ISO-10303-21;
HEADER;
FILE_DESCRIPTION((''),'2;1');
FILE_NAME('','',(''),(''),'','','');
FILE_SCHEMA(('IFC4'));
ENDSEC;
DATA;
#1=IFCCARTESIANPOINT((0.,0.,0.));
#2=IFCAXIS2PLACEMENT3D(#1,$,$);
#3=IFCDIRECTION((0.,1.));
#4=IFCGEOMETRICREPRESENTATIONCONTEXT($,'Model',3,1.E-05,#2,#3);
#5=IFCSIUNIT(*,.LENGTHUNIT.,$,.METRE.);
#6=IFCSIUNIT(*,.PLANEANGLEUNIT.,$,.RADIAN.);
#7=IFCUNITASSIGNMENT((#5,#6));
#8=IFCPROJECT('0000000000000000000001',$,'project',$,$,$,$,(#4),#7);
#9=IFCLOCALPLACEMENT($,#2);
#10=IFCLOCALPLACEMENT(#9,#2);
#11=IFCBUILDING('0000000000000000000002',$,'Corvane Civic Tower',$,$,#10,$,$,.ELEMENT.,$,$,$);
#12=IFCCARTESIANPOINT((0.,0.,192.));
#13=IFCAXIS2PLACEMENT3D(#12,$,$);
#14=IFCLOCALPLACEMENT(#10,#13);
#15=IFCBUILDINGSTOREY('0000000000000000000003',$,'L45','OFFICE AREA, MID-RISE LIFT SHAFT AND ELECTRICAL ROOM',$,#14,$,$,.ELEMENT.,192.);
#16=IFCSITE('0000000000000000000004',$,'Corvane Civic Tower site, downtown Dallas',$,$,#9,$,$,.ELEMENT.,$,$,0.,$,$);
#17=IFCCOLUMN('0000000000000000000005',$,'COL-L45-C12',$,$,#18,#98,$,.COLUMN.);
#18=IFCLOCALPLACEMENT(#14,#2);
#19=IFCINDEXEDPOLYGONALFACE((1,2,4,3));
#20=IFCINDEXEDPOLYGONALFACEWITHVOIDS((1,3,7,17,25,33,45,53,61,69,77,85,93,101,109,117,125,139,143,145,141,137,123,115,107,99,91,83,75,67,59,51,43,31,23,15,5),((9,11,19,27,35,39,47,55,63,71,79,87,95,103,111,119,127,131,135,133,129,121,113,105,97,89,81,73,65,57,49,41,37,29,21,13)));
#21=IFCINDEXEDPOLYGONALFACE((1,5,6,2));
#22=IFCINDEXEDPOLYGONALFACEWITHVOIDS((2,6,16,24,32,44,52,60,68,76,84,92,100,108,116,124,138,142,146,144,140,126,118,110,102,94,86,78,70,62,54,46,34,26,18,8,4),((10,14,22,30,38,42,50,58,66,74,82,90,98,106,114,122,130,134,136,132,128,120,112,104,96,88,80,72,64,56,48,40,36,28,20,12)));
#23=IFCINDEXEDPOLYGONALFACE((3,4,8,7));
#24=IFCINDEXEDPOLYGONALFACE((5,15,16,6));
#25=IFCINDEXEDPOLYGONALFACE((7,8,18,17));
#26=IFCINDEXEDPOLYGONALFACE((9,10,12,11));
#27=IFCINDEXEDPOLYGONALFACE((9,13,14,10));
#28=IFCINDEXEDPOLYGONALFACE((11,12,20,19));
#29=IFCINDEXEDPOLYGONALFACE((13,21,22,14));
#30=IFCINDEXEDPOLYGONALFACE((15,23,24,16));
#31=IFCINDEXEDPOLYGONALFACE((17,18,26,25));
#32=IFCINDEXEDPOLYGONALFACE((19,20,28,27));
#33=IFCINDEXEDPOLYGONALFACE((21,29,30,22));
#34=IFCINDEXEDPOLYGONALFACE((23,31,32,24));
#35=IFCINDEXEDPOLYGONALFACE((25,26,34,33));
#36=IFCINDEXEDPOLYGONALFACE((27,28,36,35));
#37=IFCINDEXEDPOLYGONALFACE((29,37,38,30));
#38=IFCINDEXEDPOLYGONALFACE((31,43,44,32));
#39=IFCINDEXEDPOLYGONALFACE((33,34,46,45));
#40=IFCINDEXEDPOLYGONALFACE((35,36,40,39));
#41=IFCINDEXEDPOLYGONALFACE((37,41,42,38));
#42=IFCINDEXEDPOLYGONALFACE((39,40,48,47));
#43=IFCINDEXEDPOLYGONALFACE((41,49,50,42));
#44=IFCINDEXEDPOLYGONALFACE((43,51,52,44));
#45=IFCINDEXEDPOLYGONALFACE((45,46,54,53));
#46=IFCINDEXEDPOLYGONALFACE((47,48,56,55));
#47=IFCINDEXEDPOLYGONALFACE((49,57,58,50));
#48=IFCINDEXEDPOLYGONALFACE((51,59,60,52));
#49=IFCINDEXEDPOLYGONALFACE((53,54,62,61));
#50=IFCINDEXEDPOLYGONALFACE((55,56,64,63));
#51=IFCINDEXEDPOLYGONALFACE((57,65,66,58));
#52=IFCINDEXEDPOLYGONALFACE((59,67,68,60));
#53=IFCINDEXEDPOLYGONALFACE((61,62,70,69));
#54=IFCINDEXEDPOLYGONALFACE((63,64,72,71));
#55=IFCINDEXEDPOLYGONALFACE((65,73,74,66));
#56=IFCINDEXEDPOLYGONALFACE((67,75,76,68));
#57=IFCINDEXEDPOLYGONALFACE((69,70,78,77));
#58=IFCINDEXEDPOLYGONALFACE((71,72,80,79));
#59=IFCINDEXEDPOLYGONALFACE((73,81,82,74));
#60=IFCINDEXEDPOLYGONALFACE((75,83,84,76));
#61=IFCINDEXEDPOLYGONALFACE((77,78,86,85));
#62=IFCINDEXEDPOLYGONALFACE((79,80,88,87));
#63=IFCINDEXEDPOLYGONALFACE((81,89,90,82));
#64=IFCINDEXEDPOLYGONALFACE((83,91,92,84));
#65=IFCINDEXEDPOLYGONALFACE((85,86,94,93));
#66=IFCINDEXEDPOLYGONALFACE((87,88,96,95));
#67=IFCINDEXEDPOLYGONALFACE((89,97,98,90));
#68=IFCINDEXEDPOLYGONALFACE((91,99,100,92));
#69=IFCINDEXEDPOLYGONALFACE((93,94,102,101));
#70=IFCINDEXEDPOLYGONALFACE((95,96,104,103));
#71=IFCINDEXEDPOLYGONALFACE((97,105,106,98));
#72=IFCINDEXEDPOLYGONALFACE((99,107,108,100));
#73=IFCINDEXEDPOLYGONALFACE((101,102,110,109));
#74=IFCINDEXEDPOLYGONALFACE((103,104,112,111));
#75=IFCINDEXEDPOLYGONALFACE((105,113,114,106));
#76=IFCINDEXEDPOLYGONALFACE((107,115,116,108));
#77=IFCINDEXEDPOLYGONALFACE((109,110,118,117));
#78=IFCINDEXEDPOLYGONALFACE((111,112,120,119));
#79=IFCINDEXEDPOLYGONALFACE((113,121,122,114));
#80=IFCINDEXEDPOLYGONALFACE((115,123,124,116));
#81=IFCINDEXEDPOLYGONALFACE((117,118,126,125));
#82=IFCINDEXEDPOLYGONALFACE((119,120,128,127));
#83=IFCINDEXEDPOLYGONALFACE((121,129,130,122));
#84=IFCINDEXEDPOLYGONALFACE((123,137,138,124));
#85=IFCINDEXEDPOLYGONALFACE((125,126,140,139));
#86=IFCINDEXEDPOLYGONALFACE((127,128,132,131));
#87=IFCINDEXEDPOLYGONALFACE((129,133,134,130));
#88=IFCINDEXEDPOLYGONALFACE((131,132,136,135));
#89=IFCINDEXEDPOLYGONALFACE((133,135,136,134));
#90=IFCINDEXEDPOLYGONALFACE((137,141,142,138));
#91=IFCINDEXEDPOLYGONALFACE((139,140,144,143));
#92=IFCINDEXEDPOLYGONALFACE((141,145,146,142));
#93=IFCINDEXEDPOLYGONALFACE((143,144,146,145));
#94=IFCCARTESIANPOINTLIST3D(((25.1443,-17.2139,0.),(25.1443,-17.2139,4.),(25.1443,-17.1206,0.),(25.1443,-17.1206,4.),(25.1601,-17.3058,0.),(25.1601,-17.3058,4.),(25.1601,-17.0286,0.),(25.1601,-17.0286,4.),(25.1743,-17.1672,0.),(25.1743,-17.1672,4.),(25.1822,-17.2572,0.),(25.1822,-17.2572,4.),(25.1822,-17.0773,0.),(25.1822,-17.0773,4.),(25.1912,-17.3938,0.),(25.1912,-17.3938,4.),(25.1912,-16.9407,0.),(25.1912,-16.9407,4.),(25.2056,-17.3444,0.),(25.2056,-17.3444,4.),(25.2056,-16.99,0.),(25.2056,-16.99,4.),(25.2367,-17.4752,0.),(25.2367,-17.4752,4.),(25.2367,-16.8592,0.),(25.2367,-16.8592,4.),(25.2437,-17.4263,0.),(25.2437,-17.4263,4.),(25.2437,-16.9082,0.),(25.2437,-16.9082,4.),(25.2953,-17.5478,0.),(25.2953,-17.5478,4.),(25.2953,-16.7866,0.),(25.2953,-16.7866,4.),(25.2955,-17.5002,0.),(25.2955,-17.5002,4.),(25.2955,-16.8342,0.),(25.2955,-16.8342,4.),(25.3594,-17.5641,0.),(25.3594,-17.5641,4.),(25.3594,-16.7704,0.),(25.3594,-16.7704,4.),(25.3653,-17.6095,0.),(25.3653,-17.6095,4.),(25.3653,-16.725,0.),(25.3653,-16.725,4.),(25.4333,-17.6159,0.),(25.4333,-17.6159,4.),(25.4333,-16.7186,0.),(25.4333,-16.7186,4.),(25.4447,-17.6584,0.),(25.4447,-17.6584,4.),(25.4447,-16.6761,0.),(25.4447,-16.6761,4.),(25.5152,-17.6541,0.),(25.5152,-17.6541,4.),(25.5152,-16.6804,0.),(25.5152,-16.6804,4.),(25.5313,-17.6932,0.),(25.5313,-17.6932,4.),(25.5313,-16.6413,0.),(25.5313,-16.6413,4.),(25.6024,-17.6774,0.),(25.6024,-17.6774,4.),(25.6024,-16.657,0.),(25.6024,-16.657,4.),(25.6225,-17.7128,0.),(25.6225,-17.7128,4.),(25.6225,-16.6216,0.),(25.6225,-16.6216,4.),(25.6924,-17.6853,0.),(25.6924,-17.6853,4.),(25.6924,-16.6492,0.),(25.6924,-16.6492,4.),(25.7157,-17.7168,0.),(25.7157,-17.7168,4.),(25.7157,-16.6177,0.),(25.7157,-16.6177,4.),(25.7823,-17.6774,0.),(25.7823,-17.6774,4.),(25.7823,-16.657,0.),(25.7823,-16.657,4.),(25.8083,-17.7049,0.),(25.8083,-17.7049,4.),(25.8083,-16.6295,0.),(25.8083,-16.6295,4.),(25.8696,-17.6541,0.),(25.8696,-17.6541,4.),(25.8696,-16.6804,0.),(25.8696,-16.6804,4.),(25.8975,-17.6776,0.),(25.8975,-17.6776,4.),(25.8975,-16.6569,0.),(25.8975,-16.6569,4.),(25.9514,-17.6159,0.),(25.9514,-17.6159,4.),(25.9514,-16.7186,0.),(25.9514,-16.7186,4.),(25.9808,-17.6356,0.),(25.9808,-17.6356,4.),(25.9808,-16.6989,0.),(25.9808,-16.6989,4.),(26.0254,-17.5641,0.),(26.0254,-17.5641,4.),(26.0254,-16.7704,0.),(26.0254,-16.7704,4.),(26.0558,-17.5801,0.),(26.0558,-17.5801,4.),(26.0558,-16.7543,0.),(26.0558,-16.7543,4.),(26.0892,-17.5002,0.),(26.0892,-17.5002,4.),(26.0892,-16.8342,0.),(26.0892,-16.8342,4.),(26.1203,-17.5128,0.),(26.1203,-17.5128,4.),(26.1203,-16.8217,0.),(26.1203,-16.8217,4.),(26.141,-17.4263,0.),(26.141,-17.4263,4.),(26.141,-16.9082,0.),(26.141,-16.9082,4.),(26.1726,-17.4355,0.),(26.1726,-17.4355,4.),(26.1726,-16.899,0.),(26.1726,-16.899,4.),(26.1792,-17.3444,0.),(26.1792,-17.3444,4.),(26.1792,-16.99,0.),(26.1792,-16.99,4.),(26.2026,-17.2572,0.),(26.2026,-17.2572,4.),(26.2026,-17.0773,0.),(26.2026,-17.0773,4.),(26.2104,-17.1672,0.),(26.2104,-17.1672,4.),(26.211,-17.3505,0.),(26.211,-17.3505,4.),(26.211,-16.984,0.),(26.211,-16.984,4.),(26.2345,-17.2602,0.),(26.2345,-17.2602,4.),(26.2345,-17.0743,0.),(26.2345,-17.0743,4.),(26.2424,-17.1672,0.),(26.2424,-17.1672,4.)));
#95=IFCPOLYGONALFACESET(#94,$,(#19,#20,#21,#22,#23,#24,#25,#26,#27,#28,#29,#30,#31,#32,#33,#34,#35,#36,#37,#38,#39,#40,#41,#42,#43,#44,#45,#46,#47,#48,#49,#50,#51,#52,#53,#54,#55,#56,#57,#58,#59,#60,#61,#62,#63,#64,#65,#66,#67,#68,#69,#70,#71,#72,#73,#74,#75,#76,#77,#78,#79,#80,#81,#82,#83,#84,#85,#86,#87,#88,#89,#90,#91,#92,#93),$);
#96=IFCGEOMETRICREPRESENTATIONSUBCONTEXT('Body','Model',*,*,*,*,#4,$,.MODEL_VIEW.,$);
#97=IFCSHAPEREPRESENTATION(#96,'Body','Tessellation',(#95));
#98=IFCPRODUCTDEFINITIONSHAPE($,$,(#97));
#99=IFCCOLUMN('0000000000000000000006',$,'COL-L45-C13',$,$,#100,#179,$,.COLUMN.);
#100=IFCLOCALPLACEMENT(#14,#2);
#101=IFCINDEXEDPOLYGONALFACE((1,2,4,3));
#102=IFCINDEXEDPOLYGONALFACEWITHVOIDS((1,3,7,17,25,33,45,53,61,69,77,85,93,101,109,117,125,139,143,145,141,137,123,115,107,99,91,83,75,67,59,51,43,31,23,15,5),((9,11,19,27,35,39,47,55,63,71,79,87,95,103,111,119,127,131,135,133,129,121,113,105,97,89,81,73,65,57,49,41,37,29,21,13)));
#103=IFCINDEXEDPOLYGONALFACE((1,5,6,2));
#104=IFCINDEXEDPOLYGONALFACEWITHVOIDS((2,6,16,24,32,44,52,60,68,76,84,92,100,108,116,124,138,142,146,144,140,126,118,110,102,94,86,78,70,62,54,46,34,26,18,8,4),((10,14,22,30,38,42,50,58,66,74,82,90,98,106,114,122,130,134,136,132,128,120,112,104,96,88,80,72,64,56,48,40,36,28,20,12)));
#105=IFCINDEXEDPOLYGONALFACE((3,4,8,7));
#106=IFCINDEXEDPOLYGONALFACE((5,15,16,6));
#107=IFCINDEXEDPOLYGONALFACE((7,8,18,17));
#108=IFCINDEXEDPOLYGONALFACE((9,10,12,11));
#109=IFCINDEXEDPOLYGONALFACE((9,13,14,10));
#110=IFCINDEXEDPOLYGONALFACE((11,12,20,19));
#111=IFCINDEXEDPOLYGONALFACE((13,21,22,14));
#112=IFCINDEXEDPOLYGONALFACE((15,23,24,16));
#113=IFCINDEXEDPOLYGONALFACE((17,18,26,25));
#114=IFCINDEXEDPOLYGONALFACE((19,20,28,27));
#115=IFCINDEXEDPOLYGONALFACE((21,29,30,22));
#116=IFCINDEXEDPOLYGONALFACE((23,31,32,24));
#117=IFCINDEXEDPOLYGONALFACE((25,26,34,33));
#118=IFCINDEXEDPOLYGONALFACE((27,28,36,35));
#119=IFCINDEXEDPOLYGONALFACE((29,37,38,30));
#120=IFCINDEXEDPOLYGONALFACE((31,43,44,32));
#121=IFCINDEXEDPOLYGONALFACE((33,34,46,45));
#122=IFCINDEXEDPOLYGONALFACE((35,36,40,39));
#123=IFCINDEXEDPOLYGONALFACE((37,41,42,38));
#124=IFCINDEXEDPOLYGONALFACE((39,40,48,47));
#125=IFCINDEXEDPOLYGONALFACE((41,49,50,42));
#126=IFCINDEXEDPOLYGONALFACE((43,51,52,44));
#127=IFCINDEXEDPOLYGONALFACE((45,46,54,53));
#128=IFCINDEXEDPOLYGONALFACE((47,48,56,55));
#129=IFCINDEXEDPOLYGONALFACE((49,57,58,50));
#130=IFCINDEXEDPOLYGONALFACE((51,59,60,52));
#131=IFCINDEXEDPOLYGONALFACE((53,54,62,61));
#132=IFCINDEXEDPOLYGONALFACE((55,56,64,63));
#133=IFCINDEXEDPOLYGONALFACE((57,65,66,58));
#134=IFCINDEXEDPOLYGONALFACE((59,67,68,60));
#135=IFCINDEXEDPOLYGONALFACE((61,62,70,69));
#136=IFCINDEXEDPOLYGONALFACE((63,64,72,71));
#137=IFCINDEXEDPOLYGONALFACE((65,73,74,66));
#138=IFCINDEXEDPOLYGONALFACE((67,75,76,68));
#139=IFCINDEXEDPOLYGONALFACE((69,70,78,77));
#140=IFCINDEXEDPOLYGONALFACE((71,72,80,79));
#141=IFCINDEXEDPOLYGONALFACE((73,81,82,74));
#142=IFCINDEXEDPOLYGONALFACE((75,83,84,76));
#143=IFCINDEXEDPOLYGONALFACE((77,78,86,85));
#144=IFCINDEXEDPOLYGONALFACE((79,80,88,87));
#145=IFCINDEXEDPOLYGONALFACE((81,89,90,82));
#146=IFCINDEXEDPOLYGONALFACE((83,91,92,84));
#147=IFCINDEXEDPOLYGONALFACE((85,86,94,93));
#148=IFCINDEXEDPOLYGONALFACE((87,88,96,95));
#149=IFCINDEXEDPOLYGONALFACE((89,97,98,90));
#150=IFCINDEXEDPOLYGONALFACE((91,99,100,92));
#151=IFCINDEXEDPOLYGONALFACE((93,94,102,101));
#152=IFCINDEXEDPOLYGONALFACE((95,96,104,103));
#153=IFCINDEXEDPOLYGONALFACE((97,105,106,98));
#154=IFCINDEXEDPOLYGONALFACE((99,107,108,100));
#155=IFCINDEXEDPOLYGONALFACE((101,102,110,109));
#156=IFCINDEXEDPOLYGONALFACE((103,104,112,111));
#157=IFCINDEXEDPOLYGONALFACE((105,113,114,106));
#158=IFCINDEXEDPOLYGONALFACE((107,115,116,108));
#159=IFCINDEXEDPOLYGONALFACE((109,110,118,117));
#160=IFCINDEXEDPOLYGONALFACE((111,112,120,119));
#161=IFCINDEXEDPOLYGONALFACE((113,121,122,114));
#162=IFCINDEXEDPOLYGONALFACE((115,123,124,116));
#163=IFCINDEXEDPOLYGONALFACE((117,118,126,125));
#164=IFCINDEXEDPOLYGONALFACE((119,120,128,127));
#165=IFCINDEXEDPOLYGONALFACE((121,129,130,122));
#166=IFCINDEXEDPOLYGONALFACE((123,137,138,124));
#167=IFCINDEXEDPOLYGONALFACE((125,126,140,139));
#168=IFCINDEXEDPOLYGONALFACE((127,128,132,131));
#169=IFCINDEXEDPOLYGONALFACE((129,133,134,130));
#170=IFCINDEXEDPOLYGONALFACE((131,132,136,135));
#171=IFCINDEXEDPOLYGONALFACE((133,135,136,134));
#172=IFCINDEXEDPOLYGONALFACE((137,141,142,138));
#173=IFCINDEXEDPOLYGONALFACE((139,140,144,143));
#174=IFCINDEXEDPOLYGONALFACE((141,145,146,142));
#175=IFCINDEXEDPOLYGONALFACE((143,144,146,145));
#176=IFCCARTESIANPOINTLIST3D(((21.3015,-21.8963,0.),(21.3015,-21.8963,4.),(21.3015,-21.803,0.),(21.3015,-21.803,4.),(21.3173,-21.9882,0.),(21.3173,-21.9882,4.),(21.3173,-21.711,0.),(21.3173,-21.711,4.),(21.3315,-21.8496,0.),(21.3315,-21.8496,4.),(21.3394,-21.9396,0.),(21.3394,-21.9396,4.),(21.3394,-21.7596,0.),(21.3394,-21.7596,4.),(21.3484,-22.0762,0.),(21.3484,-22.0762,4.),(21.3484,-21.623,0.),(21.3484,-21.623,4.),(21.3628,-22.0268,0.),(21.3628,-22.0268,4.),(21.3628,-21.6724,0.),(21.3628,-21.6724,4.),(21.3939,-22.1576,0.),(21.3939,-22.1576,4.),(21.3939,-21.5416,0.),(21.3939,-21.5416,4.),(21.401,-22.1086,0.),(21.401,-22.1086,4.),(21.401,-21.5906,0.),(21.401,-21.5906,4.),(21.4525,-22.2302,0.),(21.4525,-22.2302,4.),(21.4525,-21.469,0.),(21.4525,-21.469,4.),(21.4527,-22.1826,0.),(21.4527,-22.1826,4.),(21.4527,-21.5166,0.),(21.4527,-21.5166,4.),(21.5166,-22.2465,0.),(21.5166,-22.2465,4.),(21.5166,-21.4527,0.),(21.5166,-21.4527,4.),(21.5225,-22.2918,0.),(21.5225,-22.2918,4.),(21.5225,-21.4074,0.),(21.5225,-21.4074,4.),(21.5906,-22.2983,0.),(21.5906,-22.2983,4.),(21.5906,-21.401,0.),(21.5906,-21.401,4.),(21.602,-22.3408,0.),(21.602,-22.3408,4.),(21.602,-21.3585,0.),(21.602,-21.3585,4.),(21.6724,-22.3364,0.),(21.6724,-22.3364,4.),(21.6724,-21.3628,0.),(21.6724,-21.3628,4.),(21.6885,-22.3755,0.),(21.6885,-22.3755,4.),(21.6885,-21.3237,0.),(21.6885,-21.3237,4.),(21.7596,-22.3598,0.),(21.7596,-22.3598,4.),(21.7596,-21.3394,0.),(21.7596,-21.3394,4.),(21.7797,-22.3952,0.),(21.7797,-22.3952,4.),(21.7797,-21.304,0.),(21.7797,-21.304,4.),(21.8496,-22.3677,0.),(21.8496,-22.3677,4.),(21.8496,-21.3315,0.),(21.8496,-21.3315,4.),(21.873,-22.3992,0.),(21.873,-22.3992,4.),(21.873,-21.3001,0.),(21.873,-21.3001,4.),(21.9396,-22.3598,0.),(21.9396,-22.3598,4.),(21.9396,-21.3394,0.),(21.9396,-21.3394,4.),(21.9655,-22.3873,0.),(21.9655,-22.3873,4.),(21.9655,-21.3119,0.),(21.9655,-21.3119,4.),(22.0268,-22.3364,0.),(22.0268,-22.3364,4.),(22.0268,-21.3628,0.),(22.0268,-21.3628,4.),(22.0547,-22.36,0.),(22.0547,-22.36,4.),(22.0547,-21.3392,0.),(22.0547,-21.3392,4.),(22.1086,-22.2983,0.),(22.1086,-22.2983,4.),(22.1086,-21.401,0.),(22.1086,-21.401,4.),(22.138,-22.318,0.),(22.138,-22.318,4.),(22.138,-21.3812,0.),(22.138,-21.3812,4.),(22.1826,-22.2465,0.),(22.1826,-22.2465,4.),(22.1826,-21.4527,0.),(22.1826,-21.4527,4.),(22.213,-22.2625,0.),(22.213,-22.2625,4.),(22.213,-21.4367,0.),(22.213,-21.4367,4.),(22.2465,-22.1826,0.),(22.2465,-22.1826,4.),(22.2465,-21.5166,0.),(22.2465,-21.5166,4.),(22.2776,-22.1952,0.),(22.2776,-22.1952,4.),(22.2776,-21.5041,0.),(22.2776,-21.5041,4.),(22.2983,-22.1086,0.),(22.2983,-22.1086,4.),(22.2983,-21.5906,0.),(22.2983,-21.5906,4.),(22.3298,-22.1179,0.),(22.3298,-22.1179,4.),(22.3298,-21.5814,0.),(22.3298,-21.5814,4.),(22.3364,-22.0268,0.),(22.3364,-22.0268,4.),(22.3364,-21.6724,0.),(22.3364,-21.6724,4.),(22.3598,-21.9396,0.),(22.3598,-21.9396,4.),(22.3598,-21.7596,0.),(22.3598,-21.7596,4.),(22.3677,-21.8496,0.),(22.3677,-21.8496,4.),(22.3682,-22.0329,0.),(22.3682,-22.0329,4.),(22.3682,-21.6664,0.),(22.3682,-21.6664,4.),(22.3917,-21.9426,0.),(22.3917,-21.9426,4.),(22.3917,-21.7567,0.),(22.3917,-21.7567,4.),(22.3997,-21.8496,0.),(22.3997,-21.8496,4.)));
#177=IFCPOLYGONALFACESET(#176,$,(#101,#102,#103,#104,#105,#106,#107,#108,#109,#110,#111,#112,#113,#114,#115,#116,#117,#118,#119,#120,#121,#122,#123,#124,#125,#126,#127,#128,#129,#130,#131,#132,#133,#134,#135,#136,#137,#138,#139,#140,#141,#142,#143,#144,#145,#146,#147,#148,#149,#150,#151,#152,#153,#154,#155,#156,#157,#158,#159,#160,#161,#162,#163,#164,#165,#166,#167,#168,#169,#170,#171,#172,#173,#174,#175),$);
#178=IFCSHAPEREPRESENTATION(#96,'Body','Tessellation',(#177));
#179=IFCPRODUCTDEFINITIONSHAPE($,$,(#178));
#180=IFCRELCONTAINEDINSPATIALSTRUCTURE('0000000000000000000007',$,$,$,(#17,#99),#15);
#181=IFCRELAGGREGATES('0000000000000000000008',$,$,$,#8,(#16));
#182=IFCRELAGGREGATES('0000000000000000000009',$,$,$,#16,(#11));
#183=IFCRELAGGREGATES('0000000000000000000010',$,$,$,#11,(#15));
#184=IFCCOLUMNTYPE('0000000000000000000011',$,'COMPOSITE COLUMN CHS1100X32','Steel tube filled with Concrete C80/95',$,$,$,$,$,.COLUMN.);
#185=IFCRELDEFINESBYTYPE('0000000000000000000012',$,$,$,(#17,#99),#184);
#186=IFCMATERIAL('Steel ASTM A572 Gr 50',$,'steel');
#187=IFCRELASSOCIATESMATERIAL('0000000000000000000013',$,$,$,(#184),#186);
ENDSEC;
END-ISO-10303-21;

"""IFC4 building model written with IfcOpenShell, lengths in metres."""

from ifc_helpers import new_model, si_unit, direction, frame, origin, origin_2d, place, context, subcontext, project, spatial, hollow_circle, extrude, material, material_profile, profile_set, type_object, element, save


model = new_model("IFC4")

# Units and contexts
model_context = context("Model", 3, precision=1e-05, world=origin(), true_north=direction((0.0, 1.0)))
body_context = subcontext(model_context, "Body", "Model", "MODEL_VIEW")
ifc_project = project(units=[si_unit("LENGTHUNIT", "METRE"), si_unit("PLANEANGLEUNIT", "RADIAN")], contexts=[model_context])

# Site, building, storey
site_placement = place(None, origin())
site = spatial("IfcSite", under=ifc_project, at=site_placement, Name="Corvane Civic Tower site, downtown Dallas", CompositionType="ELEMENT", RefElevation=0.0)
building_placement = place(site_placement, origin())
building = spatial("IfcBuilding", under=site, at=building_placement, Name="Corvane Civic Tower", CompositionType="ELEMENT")
storey_placement = place(building_placement, frame((0.0, 0.0, 192.0)))
storey = spatial("IfcBuildingStorey", under=building, at=storey_placement, Name="L45", Description="OFFICE AREA, MID-RISE LIFT SHAFT AND ELECTRICAL ROOM", CompositionType="ELEMENT", Elevation=192.0)

# Columns
ifc_material_1 = material(Name="Steel ASTM A572 Gr 50", Category="steel")
ifc_material_profile_1 = material_profile(ifc_material_1, hollow_circle(Radius=0.55, WallThickness=0.032, at=origin_2d()), Name="CHS1100X32")
ifc_profile_set_1 = profile_set([ifc_material_profile_1], Name="Steel ASTM A572 Gr 50")
column_type = type_object("IfcColumnType", Name="COMPOSITE COLUMN CHS1100X32", Description="Steel tube filled with Concrete C80/95", PredefinedType="COLUMN", material=ifc_profile_set_1)
for number, where, z_axis, x_axis, name in (
    (1, (25.6924, -17.1672, 0.0), (0.0, 0.0, 1.0), (1.0, 0.0, 0.0), "COL-L45-C12"),
    (2, (21.8496, -21.8496, 0.0), (0.0, 0.0, 1.0), (1.0, 0.0, 0.0), "COL-L45-C13"),
):
    element("IfcColumn", number, at=place(storey_placement, frame(where, z_axis=z_axis, x_axis=x_axis)), inside=storey, type_object=column_type, Name=name, PredefinedType="COLUMN", context=body_context, shape_type="SweptSolid", body=[
        extrude(hollow_circle(Radius=0.55, WallThickness=0.032, at=origin_2d()), origin(), (0.0, 0.0, 1.0), 4.0),
    ])

save(model, "model.ifc")
